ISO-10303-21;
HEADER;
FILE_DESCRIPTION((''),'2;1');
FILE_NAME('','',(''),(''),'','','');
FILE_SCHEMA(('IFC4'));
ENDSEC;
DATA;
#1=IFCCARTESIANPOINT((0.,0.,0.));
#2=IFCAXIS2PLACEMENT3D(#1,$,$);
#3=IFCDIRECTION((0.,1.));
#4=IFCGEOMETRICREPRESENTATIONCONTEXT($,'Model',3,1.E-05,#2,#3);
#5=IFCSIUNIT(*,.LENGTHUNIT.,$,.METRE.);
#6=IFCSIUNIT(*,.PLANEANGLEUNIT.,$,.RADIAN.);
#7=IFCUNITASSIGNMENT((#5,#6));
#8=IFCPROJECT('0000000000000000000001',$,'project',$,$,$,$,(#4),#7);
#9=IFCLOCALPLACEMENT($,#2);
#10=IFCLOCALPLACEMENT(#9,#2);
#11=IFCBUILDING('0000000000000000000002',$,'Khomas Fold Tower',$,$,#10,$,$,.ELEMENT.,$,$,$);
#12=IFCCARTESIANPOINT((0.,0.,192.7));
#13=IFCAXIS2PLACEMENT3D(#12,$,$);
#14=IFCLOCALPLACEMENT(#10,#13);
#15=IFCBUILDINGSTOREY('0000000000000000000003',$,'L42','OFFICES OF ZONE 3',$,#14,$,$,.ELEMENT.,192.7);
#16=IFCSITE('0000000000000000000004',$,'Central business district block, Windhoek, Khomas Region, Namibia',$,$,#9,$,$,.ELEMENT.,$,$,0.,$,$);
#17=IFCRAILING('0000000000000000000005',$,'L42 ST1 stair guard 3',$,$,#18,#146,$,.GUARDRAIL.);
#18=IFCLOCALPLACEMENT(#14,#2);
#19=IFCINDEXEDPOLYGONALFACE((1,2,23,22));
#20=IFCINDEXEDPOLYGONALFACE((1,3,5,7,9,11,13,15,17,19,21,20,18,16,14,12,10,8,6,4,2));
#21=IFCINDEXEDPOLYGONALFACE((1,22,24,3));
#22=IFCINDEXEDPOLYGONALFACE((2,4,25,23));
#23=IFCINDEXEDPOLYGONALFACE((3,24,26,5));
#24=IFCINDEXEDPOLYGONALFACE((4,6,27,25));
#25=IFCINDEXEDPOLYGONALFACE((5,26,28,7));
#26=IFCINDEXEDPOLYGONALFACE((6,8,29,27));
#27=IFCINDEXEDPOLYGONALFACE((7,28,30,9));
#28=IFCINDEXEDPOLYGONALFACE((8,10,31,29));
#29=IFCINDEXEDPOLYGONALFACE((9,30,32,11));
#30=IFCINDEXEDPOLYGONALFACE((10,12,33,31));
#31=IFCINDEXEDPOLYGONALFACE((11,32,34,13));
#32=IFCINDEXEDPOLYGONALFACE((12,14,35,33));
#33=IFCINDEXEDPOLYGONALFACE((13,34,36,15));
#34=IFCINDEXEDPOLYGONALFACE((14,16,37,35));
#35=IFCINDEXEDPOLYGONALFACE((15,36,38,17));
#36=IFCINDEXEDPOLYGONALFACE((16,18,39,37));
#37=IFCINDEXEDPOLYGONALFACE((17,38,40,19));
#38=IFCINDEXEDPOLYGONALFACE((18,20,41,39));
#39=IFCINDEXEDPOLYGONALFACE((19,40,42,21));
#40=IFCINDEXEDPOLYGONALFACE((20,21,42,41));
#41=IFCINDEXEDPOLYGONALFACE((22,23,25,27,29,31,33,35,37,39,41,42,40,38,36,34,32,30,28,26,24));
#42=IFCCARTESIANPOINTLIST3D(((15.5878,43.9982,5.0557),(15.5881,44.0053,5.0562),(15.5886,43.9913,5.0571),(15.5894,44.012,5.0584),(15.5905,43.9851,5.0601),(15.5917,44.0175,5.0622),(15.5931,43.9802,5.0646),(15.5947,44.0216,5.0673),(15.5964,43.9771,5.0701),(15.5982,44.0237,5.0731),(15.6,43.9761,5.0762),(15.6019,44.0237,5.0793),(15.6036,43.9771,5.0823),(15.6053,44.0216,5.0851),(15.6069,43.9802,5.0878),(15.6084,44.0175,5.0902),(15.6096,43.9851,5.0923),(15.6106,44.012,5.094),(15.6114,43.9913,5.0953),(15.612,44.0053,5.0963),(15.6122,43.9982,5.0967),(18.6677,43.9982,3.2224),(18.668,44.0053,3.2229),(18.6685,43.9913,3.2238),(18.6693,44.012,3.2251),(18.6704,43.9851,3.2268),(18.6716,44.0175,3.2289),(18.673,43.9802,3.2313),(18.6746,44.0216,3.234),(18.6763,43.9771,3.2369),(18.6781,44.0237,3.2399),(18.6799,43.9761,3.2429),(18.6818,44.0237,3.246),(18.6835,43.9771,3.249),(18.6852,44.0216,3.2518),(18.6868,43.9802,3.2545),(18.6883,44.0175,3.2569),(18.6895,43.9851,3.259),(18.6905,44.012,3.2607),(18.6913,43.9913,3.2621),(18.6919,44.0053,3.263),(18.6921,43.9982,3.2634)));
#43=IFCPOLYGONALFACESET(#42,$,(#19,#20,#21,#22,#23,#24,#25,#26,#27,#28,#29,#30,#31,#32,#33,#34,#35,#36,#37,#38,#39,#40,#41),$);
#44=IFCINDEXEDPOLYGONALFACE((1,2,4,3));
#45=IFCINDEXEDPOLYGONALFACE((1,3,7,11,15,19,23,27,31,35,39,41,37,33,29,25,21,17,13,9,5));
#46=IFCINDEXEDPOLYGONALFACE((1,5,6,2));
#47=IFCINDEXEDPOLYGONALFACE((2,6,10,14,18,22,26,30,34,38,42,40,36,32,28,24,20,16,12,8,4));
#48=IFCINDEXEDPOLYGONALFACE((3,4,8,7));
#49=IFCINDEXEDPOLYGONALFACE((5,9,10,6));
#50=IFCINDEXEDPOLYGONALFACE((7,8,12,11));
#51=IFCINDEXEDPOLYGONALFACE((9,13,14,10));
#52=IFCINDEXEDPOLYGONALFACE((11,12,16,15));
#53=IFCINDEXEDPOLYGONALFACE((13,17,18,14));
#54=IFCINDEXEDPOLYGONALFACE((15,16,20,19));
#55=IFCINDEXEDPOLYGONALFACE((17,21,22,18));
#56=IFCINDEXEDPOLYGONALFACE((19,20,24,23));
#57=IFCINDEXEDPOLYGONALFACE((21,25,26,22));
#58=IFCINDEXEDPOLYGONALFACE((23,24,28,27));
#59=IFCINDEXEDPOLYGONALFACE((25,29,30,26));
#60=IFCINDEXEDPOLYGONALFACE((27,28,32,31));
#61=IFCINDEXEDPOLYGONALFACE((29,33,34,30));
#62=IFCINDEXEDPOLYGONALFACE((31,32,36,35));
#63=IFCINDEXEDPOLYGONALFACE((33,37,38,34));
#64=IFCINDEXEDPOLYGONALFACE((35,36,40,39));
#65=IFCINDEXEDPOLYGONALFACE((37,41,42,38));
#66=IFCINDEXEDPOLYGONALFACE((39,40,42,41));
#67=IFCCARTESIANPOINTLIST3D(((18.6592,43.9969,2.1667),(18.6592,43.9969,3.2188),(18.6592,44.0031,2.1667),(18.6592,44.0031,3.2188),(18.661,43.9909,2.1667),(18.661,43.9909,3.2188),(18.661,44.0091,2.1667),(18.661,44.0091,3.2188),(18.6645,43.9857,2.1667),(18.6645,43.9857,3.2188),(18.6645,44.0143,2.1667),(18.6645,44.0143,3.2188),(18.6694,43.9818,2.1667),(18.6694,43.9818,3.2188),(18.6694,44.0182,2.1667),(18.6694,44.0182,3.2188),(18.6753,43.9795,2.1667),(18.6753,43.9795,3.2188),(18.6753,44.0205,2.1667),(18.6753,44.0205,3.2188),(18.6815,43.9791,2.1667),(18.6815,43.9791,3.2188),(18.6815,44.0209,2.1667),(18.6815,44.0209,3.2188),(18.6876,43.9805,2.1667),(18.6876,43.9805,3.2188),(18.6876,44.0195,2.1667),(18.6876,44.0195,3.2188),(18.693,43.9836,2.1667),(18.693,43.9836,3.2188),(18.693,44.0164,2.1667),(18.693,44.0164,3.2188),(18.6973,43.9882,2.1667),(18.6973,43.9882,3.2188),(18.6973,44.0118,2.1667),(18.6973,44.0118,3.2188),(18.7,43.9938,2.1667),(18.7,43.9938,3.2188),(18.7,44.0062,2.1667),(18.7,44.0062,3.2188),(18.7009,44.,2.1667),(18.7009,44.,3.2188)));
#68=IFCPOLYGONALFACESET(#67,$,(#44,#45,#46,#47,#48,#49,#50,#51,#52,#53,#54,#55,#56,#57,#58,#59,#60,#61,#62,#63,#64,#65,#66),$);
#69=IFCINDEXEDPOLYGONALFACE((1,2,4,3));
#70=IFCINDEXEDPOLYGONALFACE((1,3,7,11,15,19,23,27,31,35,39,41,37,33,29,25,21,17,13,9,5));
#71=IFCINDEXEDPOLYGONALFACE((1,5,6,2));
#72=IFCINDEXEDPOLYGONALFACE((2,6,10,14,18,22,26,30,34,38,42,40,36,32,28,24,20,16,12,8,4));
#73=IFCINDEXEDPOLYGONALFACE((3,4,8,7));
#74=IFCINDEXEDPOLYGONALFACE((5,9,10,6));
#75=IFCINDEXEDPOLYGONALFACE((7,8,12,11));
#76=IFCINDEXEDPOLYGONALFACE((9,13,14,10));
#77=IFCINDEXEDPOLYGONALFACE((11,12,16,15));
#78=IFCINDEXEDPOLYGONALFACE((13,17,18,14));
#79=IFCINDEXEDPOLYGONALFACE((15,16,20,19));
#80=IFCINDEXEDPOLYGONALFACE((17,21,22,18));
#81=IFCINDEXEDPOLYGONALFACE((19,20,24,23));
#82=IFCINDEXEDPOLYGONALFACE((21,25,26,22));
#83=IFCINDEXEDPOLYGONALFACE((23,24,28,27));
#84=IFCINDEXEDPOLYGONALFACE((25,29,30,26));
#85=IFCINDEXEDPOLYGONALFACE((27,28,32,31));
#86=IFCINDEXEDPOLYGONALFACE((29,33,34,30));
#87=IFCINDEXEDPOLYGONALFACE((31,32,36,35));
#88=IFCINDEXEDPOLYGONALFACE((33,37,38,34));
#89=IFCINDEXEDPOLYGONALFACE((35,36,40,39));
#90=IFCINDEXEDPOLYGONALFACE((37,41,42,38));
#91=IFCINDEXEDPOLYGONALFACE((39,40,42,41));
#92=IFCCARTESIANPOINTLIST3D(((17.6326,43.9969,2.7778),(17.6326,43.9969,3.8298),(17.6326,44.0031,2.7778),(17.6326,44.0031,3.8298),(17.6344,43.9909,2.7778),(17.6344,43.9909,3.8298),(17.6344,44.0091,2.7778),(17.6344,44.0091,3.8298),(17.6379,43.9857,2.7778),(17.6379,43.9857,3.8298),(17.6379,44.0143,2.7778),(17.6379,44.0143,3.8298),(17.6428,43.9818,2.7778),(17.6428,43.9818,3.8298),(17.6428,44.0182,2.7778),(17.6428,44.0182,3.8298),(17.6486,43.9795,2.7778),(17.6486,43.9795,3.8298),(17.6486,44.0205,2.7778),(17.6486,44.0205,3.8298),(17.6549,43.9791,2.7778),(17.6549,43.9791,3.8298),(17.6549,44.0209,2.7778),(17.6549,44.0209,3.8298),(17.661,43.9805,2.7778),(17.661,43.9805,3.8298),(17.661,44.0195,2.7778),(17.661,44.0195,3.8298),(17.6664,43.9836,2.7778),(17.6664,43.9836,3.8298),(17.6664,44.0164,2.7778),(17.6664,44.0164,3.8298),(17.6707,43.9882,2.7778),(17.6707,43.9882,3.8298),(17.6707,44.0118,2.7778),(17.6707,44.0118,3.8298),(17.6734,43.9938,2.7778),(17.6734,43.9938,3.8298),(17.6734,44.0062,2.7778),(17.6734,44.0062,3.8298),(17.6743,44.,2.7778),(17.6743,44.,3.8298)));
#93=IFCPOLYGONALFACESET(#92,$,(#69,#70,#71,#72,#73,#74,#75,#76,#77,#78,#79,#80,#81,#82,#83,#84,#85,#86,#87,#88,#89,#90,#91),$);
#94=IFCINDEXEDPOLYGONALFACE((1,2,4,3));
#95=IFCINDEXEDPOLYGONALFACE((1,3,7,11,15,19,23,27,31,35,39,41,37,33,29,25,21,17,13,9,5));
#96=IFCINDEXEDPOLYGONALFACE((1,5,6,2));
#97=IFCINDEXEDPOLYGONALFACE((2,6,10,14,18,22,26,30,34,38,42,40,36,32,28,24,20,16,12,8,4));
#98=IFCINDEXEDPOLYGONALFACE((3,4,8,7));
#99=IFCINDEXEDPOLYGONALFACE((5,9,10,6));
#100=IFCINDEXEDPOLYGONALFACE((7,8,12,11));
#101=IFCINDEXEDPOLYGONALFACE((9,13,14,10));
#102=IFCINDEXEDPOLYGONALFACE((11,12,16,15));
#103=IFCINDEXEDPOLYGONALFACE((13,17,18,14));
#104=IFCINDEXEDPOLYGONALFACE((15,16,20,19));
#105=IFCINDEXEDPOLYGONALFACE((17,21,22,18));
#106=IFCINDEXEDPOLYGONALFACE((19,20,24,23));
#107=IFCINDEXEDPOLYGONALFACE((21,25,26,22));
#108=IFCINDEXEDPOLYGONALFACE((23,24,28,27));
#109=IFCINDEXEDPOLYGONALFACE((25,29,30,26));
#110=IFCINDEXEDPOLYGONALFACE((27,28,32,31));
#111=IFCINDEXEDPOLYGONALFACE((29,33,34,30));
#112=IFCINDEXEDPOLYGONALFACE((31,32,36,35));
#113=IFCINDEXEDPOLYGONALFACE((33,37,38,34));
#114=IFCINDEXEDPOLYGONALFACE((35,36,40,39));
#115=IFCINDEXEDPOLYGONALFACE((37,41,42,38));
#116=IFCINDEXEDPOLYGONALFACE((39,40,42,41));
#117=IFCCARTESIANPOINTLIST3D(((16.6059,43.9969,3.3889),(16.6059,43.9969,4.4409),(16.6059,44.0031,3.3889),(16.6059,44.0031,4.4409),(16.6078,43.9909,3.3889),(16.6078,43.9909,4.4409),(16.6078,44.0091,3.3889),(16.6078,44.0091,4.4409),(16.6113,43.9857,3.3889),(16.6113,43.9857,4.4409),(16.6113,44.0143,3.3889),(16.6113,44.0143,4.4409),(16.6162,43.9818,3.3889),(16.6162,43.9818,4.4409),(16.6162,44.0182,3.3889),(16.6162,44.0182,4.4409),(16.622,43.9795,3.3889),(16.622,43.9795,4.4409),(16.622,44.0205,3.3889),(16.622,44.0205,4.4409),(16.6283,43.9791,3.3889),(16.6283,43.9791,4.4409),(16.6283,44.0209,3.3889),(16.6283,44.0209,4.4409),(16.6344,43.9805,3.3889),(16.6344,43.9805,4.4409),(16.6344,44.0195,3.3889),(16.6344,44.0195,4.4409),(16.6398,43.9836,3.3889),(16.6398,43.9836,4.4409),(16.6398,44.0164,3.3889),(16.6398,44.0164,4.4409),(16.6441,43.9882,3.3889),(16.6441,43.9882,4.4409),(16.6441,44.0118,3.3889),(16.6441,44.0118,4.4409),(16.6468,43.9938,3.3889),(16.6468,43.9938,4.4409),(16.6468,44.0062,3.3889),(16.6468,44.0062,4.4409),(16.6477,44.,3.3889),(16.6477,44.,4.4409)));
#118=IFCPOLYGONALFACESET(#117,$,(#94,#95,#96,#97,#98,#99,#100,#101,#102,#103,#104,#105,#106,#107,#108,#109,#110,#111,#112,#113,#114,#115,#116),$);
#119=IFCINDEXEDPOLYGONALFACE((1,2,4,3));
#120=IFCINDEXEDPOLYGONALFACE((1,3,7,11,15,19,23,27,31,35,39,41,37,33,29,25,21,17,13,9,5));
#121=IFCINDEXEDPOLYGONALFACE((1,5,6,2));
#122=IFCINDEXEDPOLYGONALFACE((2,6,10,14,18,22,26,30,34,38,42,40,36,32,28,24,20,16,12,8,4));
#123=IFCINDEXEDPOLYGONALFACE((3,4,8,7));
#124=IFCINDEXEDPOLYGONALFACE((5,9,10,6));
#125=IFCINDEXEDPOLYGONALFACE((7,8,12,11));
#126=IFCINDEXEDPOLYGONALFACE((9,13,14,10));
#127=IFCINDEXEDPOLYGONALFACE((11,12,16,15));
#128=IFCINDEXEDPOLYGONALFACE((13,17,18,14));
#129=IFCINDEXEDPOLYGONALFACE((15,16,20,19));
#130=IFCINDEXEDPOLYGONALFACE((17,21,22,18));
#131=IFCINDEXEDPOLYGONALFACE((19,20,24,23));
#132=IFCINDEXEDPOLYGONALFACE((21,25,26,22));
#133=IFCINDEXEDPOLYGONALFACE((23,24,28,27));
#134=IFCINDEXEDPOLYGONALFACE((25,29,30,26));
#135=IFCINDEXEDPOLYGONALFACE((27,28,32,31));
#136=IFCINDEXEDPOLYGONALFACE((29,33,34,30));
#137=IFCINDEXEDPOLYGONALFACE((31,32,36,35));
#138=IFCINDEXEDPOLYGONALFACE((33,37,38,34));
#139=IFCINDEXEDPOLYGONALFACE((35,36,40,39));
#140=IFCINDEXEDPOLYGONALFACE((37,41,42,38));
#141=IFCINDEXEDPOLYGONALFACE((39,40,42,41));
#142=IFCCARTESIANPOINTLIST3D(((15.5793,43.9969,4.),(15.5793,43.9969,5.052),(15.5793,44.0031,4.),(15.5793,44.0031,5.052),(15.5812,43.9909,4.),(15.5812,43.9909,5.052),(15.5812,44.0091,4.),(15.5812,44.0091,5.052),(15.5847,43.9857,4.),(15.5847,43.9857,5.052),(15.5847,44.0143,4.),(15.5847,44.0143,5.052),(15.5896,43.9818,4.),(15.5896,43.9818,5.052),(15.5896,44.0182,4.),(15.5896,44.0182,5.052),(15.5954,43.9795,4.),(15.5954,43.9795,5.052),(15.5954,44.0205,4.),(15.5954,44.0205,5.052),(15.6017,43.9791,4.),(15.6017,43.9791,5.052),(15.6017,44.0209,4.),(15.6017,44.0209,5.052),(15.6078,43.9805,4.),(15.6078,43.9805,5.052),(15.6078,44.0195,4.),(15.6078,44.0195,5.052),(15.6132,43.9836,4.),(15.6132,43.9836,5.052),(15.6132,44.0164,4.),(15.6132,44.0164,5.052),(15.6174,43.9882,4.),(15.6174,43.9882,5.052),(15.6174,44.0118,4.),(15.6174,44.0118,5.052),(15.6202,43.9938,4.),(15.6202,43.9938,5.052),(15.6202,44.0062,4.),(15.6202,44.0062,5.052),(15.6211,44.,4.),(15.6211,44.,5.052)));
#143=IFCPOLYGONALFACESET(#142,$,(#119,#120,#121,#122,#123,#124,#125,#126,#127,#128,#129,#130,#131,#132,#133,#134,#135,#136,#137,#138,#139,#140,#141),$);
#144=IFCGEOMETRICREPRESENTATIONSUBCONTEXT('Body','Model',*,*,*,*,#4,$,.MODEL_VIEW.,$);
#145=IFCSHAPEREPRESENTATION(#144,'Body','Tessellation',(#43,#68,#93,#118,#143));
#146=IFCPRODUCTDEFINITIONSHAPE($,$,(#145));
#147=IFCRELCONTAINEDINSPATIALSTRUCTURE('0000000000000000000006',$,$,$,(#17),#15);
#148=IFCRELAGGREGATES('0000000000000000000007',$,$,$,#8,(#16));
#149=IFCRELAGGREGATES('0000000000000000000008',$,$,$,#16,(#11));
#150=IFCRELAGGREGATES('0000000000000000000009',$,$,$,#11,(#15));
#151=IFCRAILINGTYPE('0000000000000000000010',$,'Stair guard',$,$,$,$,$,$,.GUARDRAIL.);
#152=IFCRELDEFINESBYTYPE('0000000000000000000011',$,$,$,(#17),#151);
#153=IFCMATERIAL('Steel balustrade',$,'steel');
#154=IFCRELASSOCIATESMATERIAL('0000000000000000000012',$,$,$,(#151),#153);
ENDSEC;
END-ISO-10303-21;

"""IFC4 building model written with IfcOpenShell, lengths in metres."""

from ifc_helpers import new_model, si_unit, direction, frame, origin, origin_2d, place, context, subcontext, project, spatial, circle, extrude, source, transform, mapped, material, type_object, element, save


model = new_model("IFC4")

# Units and contexts
model_context = context("Model", 3, precision=1e-05, world=origin(), true_north=direction((0.0, 1.0)))
body_context = subcontext(model_context, "Body", "Model", "MODEL_VIEW")
ifc_project = project(units=[si_unit("LENGTHUNIT", "METRE"), si_unit("PLANEANGLEUNIT", "RADIAN")], contexts=[model_context])

# Site, building, storey
site_placement = place(None, origin())
site = spatial("IfcSite", under=ifc_project, at=site_placement, Name="Central business district block, Windhoek, Khomas Region, Namibia", CompositionType="ELEMENT", RefElevation=0.0)
building_placement = place(site_placement, origin())
building = spatial("IfcBuilding", under=site, at=building_placement, Name="Khomas Fold Tower", CompositionType="ELEMENT")
storey_placement = place(building_placement, frame((0.0, 0.0, 192.7)))
storey = spatial("IfcBuildingStorey", under=building, at=storey_placement, Name="L42", Description="OFFICES OF ZONE 3", CompositionType="ELEMENT", Elevation=192.7)

# Railing
ifc_material_1 = material(Name="Steel balustrade", Category="steel")
railing_type_1 = type_object("IfcRailingType", Name="Stair guard", PredefinedType="GUARDRAIL", material=ifc_material_1)
shared_shape_1 = source(origin(), body_context, "Body", "SweptSolid", [
    extrude(circle(Radius=0.0239, at=origin_2d()), frame((0.0, 0.0, 1.0762), z_axis=(-0.859291, 0.0, 0.511487), x_axis=(0.0, -1.0, 0.0)), (0.0, 0.0, 1.0), 3.5842),
    extrude(circle(Radius=0.021, at=origin_2d()), origin(), (0.0, 0.0, 1.0), 1.052),
    extrude(circle(Radius=0.021, at=origin_2d()), frame((-1.0266, 0.0, 0.6111)), (0.0, 0.0, 1.0), 1.052),
    extrude(circle(Radius=0.021, at=origin_2d()), frame((-2.0532, 0.0, 1.2222)), (0.0, 0.0, 1.0), 1.052),
    extrude(circle(Radius=0.021, at=origin_2d()), frame((-3.0798, 0.0, 1.8333)), (0.0, 0.0, 1.0), 1.052),
])
railing_1_placement = place(storey_placement, frame((18.6799, 44.0, 2.1667)))
element("IfcRailing", 1, at=railing_1_placement, inside=storey, type_object=railing_type_1, Name="L42 ST1 stair guard 3", PredefinedType="GUARDRAIL", context=body_context, shape_type="MappedRepresentation", body=[
    mapped(shared_shape_1, transform((0.0, 0.0, 0.0))),
])

save(model, "model.ifc")
